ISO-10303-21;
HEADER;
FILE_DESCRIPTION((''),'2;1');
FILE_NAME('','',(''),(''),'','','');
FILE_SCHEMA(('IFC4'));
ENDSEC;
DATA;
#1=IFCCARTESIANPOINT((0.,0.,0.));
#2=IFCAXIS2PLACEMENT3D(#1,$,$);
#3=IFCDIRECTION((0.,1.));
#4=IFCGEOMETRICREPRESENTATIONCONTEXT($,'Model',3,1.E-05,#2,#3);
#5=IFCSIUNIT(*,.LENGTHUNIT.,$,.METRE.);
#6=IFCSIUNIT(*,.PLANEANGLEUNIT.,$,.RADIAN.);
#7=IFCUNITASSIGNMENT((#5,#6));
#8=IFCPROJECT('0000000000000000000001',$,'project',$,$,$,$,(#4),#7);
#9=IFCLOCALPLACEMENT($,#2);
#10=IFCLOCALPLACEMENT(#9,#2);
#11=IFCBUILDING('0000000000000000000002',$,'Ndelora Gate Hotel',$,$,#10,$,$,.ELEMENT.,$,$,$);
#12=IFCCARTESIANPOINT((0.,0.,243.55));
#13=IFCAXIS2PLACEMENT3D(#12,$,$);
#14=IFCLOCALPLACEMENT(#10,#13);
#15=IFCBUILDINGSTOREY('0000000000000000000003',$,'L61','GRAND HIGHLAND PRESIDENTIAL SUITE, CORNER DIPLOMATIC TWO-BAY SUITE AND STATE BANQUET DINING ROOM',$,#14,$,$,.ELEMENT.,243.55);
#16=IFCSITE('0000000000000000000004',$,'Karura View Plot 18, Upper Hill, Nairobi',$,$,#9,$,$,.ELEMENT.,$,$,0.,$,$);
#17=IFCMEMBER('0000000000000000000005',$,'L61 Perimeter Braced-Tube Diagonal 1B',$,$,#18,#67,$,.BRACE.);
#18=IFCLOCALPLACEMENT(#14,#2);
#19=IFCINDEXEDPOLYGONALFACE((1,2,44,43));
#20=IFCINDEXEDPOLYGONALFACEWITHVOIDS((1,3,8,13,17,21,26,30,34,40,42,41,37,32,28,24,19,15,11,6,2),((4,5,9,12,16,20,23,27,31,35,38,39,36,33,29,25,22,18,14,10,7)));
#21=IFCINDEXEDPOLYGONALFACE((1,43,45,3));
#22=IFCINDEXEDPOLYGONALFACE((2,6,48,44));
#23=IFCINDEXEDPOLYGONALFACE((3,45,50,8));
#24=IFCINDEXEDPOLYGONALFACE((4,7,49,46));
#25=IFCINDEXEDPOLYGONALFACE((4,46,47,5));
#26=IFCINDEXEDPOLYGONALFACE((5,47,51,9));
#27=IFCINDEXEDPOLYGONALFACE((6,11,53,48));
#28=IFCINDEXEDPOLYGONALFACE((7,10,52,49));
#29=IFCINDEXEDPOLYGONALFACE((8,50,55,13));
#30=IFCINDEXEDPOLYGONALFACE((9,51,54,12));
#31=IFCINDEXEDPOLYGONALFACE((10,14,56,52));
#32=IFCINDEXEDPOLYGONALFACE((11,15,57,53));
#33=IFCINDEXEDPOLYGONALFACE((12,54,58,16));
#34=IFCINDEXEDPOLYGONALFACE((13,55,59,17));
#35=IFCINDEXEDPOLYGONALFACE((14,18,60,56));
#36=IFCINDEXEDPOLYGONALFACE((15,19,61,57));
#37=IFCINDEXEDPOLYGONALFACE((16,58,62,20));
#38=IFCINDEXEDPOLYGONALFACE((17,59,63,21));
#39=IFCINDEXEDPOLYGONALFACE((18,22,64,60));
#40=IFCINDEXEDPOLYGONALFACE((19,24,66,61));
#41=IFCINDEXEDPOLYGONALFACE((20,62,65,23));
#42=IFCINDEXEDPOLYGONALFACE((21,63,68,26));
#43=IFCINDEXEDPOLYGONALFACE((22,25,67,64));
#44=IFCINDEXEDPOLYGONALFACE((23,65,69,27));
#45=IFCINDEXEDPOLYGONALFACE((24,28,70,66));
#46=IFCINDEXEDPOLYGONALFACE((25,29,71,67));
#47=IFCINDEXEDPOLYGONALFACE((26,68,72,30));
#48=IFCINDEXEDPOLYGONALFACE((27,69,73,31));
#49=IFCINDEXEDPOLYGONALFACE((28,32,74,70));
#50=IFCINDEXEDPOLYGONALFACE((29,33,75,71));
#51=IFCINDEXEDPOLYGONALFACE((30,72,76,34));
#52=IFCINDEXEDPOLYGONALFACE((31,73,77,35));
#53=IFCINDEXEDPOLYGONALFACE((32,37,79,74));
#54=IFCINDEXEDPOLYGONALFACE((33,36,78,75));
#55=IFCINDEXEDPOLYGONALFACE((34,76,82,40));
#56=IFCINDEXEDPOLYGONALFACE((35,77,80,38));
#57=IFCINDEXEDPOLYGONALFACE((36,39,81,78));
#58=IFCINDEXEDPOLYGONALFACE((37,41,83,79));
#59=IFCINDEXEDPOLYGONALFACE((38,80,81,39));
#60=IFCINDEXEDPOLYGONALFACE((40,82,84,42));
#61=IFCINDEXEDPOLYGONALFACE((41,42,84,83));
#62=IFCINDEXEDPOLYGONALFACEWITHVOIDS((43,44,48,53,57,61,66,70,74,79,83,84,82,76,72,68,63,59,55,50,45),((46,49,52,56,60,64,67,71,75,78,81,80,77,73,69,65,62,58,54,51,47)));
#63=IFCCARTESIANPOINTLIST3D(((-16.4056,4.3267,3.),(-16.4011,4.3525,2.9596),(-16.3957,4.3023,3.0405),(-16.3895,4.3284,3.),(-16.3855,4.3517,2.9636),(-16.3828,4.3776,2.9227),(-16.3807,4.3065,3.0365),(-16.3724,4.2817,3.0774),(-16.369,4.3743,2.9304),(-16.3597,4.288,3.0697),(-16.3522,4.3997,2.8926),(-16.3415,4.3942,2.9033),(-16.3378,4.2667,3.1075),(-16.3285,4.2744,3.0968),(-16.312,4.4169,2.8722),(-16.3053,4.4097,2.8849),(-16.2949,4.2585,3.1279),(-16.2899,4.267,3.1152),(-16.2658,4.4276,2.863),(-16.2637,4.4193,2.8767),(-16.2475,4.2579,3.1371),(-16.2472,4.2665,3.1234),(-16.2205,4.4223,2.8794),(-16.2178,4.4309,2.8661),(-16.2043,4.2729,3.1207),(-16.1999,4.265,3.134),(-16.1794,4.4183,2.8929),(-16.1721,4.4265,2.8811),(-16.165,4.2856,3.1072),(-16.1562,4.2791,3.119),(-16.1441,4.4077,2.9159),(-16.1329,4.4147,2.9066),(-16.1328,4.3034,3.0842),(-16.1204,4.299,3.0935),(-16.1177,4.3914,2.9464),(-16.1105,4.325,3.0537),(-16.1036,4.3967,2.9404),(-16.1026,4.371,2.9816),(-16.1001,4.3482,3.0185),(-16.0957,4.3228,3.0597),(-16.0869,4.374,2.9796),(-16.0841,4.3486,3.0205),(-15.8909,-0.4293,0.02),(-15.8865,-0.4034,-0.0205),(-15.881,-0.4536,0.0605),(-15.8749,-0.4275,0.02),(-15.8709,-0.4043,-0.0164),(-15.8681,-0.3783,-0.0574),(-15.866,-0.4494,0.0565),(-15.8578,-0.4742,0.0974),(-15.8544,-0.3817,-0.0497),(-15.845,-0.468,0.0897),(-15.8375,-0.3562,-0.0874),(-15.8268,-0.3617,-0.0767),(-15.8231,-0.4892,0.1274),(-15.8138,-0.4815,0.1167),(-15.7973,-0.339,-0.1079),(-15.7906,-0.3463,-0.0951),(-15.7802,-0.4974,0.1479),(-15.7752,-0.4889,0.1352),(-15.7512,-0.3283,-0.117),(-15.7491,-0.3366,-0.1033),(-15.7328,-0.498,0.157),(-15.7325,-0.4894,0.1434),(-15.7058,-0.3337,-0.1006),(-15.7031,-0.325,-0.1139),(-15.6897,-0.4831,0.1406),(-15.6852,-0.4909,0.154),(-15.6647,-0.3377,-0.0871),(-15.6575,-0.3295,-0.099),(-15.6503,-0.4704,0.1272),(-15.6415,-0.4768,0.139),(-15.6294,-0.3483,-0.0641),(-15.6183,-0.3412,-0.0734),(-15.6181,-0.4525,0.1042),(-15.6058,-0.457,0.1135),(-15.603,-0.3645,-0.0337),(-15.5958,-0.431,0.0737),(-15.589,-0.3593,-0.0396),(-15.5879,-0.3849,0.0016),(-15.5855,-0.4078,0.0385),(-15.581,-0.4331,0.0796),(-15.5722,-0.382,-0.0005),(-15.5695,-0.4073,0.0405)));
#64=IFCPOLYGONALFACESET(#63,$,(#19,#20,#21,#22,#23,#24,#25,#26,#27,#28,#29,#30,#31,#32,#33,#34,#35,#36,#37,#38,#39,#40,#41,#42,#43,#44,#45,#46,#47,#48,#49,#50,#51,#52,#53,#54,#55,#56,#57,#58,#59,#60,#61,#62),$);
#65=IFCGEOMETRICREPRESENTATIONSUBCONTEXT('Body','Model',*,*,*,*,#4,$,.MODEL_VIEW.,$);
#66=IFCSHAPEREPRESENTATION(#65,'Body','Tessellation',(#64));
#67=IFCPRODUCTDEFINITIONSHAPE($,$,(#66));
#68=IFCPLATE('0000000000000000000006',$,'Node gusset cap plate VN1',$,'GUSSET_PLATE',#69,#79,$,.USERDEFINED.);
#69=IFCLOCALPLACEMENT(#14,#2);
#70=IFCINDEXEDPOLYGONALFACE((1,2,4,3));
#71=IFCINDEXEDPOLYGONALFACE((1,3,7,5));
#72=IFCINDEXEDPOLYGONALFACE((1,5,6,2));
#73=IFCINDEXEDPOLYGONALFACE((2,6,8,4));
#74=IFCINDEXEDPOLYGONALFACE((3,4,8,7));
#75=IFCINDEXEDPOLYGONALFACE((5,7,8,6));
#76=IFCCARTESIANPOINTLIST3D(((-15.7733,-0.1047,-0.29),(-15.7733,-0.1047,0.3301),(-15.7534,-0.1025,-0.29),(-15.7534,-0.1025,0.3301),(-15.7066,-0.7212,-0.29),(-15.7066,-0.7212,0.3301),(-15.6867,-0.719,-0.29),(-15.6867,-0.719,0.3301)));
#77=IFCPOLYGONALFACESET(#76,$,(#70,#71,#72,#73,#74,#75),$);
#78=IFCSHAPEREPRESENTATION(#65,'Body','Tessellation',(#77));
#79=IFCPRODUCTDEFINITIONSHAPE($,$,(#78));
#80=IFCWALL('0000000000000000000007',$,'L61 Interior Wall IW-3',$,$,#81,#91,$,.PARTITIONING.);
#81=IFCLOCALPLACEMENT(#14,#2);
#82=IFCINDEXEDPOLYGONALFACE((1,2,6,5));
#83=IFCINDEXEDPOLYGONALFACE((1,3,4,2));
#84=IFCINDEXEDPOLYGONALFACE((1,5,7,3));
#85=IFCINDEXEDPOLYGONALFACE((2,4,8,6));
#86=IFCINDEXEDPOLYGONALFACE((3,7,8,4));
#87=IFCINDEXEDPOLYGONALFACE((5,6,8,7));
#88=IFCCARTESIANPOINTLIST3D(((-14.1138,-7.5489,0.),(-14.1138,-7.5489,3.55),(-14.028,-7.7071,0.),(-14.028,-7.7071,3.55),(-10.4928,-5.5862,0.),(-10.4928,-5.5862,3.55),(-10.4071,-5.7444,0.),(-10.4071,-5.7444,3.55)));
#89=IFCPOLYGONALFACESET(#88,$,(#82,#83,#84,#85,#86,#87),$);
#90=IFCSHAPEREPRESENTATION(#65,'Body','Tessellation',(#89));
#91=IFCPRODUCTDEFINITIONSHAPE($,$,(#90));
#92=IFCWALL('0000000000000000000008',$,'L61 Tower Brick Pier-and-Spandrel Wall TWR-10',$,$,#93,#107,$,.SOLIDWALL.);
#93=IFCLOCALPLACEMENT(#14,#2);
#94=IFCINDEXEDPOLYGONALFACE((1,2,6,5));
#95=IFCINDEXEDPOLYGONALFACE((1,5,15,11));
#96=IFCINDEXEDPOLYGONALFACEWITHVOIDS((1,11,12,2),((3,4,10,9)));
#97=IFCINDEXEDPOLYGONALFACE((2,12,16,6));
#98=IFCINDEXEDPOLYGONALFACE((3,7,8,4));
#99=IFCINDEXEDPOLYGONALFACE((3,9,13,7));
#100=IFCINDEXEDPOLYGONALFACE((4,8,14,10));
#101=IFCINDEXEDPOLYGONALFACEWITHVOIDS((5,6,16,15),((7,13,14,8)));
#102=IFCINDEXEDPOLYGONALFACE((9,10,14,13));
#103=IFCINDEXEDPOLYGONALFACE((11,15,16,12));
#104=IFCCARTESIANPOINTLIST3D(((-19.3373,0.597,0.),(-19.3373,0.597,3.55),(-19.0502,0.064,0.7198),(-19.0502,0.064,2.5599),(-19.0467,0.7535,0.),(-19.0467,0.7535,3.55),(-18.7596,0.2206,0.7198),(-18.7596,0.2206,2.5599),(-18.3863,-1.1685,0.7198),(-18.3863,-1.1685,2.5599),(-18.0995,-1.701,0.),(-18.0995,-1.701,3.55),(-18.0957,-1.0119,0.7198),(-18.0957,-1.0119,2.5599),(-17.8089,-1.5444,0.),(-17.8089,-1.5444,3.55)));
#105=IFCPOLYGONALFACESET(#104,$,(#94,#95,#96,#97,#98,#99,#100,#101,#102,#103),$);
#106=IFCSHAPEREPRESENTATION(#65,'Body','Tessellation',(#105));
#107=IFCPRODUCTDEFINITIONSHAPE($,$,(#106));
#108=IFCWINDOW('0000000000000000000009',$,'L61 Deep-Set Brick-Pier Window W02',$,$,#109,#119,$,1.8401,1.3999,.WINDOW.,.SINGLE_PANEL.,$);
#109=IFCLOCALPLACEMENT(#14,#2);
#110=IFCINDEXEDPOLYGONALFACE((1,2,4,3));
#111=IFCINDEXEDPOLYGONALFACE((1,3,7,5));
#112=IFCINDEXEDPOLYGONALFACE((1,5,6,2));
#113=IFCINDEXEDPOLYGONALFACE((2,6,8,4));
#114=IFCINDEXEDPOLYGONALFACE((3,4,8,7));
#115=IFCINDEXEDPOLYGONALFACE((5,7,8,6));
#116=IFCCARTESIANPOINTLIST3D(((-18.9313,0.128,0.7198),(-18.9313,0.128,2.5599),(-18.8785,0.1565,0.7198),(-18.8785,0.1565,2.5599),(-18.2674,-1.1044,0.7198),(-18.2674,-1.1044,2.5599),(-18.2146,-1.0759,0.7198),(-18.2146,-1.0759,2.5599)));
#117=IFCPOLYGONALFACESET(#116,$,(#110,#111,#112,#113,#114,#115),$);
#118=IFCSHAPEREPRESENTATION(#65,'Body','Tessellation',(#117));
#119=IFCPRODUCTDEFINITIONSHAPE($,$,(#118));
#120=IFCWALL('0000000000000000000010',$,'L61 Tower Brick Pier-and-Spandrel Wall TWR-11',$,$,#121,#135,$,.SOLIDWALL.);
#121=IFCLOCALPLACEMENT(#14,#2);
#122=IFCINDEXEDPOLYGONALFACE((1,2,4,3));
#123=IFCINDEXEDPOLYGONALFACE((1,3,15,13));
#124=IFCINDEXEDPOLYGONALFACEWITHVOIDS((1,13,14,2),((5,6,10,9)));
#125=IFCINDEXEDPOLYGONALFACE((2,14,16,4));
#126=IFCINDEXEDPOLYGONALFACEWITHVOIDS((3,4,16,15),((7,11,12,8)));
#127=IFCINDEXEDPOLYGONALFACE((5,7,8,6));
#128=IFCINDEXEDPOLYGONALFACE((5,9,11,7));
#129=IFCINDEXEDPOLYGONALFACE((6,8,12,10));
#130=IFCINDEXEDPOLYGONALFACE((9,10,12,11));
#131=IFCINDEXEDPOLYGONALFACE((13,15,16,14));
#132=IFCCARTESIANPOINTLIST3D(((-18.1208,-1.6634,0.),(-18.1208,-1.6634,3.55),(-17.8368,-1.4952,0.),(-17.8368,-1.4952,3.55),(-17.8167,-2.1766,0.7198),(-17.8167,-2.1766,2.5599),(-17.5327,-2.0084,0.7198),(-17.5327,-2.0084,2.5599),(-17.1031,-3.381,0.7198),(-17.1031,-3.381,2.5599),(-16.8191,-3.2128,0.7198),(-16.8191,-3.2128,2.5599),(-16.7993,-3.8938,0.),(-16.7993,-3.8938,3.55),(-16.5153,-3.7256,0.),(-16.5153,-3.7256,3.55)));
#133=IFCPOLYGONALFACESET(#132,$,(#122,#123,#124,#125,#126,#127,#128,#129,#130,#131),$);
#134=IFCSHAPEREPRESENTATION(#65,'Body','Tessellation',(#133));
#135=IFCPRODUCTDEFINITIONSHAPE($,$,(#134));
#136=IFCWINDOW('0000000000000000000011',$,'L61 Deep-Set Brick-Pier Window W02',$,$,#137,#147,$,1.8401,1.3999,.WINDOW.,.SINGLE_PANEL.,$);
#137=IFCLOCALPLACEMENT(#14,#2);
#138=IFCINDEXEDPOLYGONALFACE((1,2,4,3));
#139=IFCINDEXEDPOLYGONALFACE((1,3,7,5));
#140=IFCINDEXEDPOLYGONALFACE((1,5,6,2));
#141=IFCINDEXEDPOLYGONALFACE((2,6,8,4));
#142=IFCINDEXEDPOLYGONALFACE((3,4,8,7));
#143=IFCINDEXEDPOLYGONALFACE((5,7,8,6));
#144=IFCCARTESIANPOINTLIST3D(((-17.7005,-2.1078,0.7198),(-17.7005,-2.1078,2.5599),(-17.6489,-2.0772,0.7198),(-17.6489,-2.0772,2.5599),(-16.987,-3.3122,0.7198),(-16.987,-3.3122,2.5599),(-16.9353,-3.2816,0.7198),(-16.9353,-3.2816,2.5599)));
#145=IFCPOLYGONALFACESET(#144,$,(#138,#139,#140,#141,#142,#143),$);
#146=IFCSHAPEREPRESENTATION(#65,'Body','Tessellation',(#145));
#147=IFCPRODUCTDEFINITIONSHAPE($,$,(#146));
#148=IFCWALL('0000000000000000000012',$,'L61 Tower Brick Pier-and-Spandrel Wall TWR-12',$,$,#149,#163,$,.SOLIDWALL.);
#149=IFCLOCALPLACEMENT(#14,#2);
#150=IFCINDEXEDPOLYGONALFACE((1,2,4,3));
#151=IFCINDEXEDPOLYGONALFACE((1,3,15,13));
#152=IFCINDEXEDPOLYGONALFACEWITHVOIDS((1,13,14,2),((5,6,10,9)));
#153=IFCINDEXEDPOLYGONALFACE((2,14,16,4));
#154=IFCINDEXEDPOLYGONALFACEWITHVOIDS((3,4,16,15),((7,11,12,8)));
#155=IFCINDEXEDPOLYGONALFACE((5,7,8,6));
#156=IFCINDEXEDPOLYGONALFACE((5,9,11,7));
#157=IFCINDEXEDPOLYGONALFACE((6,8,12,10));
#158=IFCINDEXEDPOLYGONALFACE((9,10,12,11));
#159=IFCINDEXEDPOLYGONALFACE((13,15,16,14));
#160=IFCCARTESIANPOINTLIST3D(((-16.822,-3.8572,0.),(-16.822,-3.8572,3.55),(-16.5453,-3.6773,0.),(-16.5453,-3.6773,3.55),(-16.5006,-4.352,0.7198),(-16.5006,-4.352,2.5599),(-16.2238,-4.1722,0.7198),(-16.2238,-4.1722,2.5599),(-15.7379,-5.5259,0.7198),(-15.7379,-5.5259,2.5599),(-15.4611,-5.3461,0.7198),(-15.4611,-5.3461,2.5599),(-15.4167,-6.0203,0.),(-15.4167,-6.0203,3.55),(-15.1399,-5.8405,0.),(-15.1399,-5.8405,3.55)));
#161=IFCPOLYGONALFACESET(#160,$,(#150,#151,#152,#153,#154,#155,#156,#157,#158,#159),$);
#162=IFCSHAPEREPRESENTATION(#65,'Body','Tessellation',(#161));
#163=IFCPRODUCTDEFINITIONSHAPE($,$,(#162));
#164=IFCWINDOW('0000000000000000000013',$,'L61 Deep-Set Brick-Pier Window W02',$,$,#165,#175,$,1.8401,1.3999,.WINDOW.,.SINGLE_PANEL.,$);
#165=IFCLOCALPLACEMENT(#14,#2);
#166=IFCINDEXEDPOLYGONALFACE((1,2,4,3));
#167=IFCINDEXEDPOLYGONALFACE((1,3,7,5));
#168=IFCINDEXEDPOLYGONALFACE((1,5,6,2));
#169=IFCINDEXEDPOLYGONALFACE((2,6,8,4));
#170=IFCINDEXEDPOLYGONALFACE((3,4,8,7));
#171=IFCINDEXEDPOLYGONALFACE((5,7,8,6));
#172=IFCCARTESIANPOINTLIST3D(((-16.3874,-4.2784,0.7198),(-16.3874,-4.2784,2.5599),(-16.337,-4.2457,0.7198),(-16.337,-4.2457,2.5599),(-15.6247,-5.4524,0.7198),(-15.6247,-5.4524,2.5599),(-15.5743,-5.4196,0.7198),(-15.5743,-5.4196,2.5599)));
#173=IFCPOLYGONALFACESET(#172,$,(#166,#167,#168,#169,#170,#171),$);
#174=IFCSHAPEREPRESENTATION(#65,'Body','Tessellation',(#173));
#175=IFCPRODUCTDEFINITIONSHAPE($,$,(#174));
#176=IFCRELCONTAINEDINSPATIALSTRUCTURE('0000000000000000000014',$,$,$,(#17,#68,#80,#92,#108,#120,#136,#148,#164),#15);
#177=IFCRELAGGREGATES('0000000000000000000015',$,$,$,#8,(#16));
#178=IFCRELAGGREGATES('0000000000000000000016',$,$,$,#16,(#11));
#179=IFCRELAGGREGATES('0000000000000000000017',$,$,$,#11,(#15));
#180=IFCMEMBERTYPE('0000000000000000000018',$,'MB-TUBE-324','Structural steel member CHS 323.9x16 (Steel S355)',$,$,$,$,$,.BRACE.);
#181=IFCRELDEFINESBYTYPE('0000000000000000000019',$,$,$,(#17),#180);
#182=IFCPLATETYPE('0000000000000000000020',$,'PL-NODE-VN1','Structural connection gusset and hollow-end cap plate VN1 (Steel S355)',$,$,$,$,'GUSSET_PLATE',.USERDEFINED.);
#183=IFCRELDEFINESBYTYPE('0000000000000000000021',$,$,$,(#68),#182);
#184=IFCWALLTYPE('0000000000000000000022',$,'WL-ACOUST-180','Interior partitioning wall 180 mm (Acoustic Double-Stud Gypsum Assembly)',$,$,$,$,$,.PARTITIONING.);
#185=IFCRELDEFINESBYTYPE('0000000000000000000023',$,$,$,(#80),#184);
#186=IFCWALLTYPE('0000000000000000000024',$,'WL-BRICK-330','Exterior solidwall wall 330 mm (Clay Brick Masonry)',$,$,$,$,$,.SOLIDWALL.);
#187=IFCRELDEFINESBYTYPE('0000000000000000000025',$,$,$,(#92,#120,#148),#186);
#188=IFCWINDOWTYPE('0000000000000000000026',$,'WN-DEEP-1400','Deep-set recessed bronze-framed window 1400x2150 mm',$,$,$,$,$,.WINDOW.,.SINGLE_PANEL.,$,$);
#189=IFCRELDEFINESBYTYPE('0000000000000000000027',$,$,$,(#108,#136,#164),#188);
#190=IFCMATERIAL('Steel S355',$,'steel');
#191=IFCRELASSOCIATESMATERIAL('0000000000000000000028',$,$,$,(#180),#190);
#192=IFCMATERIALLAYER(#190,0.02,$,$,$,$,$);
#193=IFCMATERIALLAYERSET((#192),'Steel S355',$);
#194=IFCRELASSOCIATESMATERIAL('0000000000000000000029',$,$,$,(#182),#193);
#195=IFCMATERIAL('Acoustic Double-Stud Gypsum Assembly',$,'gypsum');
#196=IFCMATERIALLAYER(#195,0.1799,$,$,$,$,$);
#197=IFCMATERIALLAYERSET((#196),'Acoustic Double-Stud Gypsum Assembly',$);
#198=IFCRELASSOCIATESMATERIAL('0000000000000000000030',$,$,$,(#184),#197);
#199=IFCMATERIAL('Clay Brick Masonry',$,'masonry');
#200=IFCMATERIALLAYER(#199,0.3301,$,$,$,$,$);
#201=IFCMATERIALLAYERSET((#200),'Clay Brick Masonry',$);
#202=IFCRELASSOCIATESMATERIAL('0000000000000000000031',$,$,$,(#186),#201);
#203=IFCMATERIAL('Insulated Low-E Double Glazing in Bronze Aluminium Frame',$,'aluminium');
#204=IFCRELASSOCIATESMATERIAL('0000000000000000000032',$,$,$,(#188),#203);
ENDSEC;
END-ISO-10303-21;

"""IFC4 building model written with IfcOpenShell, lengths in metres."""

from ifc_helpers import new_model, si_unit, direction, frame, frame_2d, origin, origin_2d, place, context, subcontext, project, spatial, rectangle, hollow_circle, extrude, material, layer, layer_set, material_profile, profile_set, type_object, element, fill, save


model = new_model("IFC4")

# Units and contexts
model_context = context("Model", 3, precision=1e-05, world=origin(), true_north=direction((0.0, 1.0)))
body_context = subcontext(model_context, "Body", "Model", "MODEL_VIEW")
ifc_project = project(units=[si_unit("LENGTHUNIT", "METRE"), si_unit("PLANEANGLEUNIT", "RADIAN")], contexts=[model_context])

# Site, building, storey
site_placement = place(None, origin())
site = spatial("IfcSite", under=ifc_project, at=site_placement, Name="Karura View Plot 18, Upper Hill, Nairobi", CompositionType="ELEMENT", RefElevation=0.0)
building_placement = place(site_placement, origin())
building = spatial("IfcBuilding", under=site, at=building_placement, Name="Ndelora Gate Hotel", CompositionType="ELEMENT")
storey_placement = place(building_placement, frame((0.0, 0.0, 243.55)))
storey = spatial("IfcBuildingStorey", under=building, at=storey_placement, Name="L61", Description="GRAND HIGHLAND PRESIDENTIAL SUITE, CORNER DIPLOMATIC TWO-BAY SUITE AND STATE BANQUET DINING ROOM", CompositionType="ELEMENT", Elevation=243.55)

# Shared definitions
ifc_material_1 = material(Name="Steel S355", Category="steel")

# Member
ifc_material_profile_1 = material_profile(ifc_material_1, hollow_circle(Radius=0.1619, WallThickness=0.0161, at=origin_2d()), Name="CHS 323.9x16")
ifc_profile_set_1 = profile_set([ifc_material_profile_1], Name="Steel S355")
member_type = type_object("IfcMemberType", Name="MB-TUBE-324", Description="Structural steel member CHS 323.9x16 (Steel S355)", PredefinedType="BRACE", material=ifc_profile_set_1)
member_placement = place(storey_placement, frame((-15.73, -0.4119, 0.02), z_axis=(-0.091316, 0.843851, 0.52875), x_axis=(-0.994196, -0.107585, 0.0)))
element("IfcMember", 1, at=member_placement, inside=storey, type_object=member_type, Name="L61 Perimeter Braced-Tube Diagonal 1B", PredefinedType="BRACE", context=body_context, shape_type="SweptSolid", body=[
    extrude(hollow_circle(Radius=0.1619, WallThickness=0.0161, at=origin_2d()), origin(), (0.0, 0.0, 1.0), 5.636),
])

# Plate
ifc_layer_1 = layer(ifc_material_1, 0.02)
ifc_layer_set_1 = layer_set([ifc_layer_1], Name="Steel S355")
plate_type = type_object("IfcPlateType", Name="PL-NODE-VN1", Description="Structural connection gusset and hollow-end cap plate VN1 (Steel S355)", ElementType="GUSSET_PLATE", PredefinedType="USERDEFINED", material=ifc_layer_set_1)
plate_placement = place(storey_placement, frame((-15.73, -0.4119, -0.29), z_axis=(0.0, 0.0, 1.0), x_axis=(-0.107652, 0.994189, 0.0)))
element("IfcPlate", 2, at=plate_placement, inside=storey, type_object=plate_type, Name="Node gusset cap plate VN1", ObjectType="GUSSET_PLATE", PredefinedType="USERDEFINED", context=body_context, shape_type="SweptSolid", body=[
    extrude(rectangle(XDim=0.6201, YDim=0.02, at=origin_2d()), origin(), (0.0, 0.0, 1.0), 0.6201),
])

# Wall
ifc_material_2 = material(Name="Acoustic Double-Stud Gypsum Assembly", Category="gypsum")
ifc_layer_2 = layer(ifc_material_2, 0.1799)
ifc_layer_set_2 = layer_set([ifc_layer_2], Name="Acoustic Double-Stud Gypsum Assembly")
wall_type_1 = type_object("IfcWallType", Name="WL-ACOUST-180", Description="Interior partitioning wall 180 mm (Acoustic Double-Stud Gypsum Assembly)", PredefinedType="PARTITIONING", material=ifc_layer_set_2)
wall_1_placement = place(storey_placement, frame((-10.45, -5.6653, 0.0), z_axis=(0.0, 0.0, 1.0), x_axis=(-0.879154, -0.476537, 0.0)))
element("IfcWall", 3, at=wall_1_placement, inside=storey, type_object=wall_type_1, Name="L61 Interior Wall IW-3", PredefinedType="PARTITIONING", context=body_context, shape_type="SweptSolid", body=[
    extrude(rectangle(XDim=4.1187, YDim=0.1799, at=frame_2d((2.0593, 0.0))), origin(), (0.0, 0.0, 1.0), 3.55),
])

# Walls, openings, windows
ifc_material_3 = material(Name="Clay Brick Masonry", Category="masonry")
ifc_layer_3 = layer(ifc_material_3, 0.3301)
ifc_layer_set_3 = layer_set([ifc_layer_3], Name="Clay Brick Masonry")
wall_type_2 = type_object("IfcWallType", Name="WL-BRICK-330", Description="Exterior solidwall wall 330 mm (Clay Brick Masonry)", PredefinedType="SOLIDWALL", material=ifc_layer_set_3)
wall_2_placement = place(storey_placement, frame((-17.9541, -1.6228, 0.0), z_axis=(0.0, 0.0, 1.0), x_axis=(-0.474245, 0.880393, 0.0)))
wall_2 = element("IfcWall", 4, at=wall_2_placement, inside=storey, type_object=wall_type_2, Name="L61 Tower Brick Pier-and-Spandrel Wall TWR-10", PredefinedType="SOLIDWALL", context=body_context, shape_type="SweptSolid", body=[
    extrude(rectangle(XDim=2.6101, YDim=0.3301, at=frame_2d((1.3052, 0.0))), origin(), (0.0, 0.0, 1.0), 3.55),
])
opening_1_placement = place(wall_2_placement, frame((0.605, 0.0, 0.72)))
opening_1 = element("IfcOpeningElement", 5, at=opening_1_placement, cuts=wall_2, PredefinedType="OPENING", context=body_context, shape_type="SweptSolid", body=[
    extrude(rectangle(XDim=1.3999, YDim=1.8401, at=frame_2d((0.7, 0.9199))), frame((0.0, 0.175, 0.0), z_axis=(0.0, -1.0, 0.0), x_axis=(1.0, 0.0, 0.0)), (0.0, 0.0, 1.0), 0.3501),
])
ifc_material_4 = material(Name="Insulated Low-E Double Glazing in Bronze Aluminium Frame", Category="aluminium")
window_type = type_object("IfcWindowType", Name="WN-DEEP-1400", Description="Deep-set recessed bronze-framed window 1400x2150 mm", PartitioningType="SINGLE_PANEL", PredefinedType="WINDOW", material=ifc_material_4)
window_1_placement = place(opening_1_placement, origin())
window_1 = element("IfcWindow", 6, at=window_1_placement, inside=storey, type_object=window_type, Name="L61 Deep-Set Brick-Pier Window W02", OverallHeight=1.8401, OverallWidth=1.3999, PartitioningType="SINGLE_PANEL", PredefinedType="WINDOW", context=body_context, shape_type="SweptSolid", body=[
    extrude(rectangle(XDim=1.3999, YDim=1.8401, at=frame_2d((0.7, 0.9199))), frame((0.0, 0.03, 0.0), z_axis=(0.0, -1.0, 0.0), x_axis=(1.0, 0.0, 0.0)), (0.0, 0.0, 1.0), 0.0601),
])
fill(opening_1, window_1)
wall_3_placement = place(storey_placement, frame((-16.6572, -3.8098, 0.0), z_axis=(0.0, 0.0, 1.0), x_axis=(-0.509738, 0.86033, 0.0)))
wall_3 = element("IfcWall", 7, at=wall_3_placement, inside=storey, type_object=wall_type_2, Name="L61 Tower Brick Pier-and-Spandrel Wall TWR-11", PredefinedType="SOLIDWALL", context=body_context, shape_type="SweptSolid", body=[
    extrude(rectangle(XDim=2.5925, YDim=0.3301, at=frame_2d((1.2964, 0.0))), origin(), (0.0, 0.0, 1.0), 3.55),
])
opening_2_placement = place(wall_3_placement, frame((0.5962, 0.0, 0.72)))
opening_2 = element("IfcOpeningElement", 8, at=opening_2_placement, cuts=wall_3, PredefinedType="OPENING", context=body_context, shape_type="SweptSolid", body=[
    extrude(rectangle(XDim=1.3999, YDim=1.8401, at=frame_2d((0.7, 0.9199))), frame((0.0, 0.175, 0.0), z_axis=(0.0, -1.0, 0.0), x_axis=(1.0, 0.0, 0.0)), (0.0, 0.0, 1.0), 0.3501),
])
window_2_placement = place(opening_2_placement, origin())
window_2 = element("IfcWindow", 9, at=window_2_placement, inside=storey, type_object=window_type, Name="L61 Deep-Set Brick-Pier Window W02", OverallHeight=1.8401, OverallWidth=1.3999, PartitioningType="SINGLE_PANEL", PredefinedType="WINDOW", context=body_context, shape_type="SweptSolid", body=[
    extrude(rectangle(XDim=1.3999, YDim=1.8401, at=frame_2d((0.7, 0.9199))), frame((0.0, 0.03, 0.0), z_axis=(0.0, -1.0, 0.0), x_axis=(1.0, 0.0, 0.0)), (0.0, 0.0, 1.0), 0.0601),
])
fill(opening_2, window_2)
wall_4_placement = place(storey_placement, frame((-15.2783, -5.9304, 0.0), z_axis=(0.0, 0.0, 1.0), x_axis=(-0.544789, 0.838573, 0.0)))
wall_4 = element("IfcWall", 10, at=wall_4_placement, inside=storey, type_object=wall_type_2, Name="L61 Tower Brick Pier-and-Spandrel Wall TWR-12", PredefinedType="SOLIDWALL", context=body_context, shape_type="SweptSolid", body=[
    extrude(rectangle(XDim=2.5796, YDim=0.3301, at=frame_2d((1.2898, 0.0))), origin(), (0.0, 0.0, 1.0), 3.55),
])
opening_3_placement = place(wall_4_placement, frame((0.5896, 0.0, 0.72)))
opening_3 = element("IfcOpeningElement", 11, at=opening_3_placement, cuts=wall_4, PredefinedType="OPENING", context=body_context, shape_type="SweptSolid", body=[
    extrude(rectangle(XDim=1.3999, YDim=1.8401, at=frame_2d((0.7, 0.9199))), frame((0.0, 0.175, 0.0), z_axis=(0.0, -1.0, 0.0), x_axis=(1.0, 0.0, 0.0)), (0.0, 0.0, 1.0), 0.3501),
])
window_3_placement = place(opening_3_placement, origin())
window_3 = element("IfcWindow", 12, at=window_3_placement, inside=storey, type_object=window_type, Name="L61 Deep-Set Brick-Pier Window W02", OverallHeight=1.8401, OverallWidth=1.3999, PartitioningType="SINGLE_PANEL", PredefinedType="WINDOW", context=body_context, shape_type="SweptSolid", body=[
    extrude(rectangle(XDim=1.3999, YDim=1.8401, at=frame_2d((0.7, 0.9199))), frame((0.0, 0.03, 0.0), z_axis=(0.0, -1.0, 0.0), x_axis=(1.0, 0.0, 0.0)), (0.0, 0.0, 1.0), 0.0601),
])
fill(opening_3, window_3)

save(model, "model.ifc")
